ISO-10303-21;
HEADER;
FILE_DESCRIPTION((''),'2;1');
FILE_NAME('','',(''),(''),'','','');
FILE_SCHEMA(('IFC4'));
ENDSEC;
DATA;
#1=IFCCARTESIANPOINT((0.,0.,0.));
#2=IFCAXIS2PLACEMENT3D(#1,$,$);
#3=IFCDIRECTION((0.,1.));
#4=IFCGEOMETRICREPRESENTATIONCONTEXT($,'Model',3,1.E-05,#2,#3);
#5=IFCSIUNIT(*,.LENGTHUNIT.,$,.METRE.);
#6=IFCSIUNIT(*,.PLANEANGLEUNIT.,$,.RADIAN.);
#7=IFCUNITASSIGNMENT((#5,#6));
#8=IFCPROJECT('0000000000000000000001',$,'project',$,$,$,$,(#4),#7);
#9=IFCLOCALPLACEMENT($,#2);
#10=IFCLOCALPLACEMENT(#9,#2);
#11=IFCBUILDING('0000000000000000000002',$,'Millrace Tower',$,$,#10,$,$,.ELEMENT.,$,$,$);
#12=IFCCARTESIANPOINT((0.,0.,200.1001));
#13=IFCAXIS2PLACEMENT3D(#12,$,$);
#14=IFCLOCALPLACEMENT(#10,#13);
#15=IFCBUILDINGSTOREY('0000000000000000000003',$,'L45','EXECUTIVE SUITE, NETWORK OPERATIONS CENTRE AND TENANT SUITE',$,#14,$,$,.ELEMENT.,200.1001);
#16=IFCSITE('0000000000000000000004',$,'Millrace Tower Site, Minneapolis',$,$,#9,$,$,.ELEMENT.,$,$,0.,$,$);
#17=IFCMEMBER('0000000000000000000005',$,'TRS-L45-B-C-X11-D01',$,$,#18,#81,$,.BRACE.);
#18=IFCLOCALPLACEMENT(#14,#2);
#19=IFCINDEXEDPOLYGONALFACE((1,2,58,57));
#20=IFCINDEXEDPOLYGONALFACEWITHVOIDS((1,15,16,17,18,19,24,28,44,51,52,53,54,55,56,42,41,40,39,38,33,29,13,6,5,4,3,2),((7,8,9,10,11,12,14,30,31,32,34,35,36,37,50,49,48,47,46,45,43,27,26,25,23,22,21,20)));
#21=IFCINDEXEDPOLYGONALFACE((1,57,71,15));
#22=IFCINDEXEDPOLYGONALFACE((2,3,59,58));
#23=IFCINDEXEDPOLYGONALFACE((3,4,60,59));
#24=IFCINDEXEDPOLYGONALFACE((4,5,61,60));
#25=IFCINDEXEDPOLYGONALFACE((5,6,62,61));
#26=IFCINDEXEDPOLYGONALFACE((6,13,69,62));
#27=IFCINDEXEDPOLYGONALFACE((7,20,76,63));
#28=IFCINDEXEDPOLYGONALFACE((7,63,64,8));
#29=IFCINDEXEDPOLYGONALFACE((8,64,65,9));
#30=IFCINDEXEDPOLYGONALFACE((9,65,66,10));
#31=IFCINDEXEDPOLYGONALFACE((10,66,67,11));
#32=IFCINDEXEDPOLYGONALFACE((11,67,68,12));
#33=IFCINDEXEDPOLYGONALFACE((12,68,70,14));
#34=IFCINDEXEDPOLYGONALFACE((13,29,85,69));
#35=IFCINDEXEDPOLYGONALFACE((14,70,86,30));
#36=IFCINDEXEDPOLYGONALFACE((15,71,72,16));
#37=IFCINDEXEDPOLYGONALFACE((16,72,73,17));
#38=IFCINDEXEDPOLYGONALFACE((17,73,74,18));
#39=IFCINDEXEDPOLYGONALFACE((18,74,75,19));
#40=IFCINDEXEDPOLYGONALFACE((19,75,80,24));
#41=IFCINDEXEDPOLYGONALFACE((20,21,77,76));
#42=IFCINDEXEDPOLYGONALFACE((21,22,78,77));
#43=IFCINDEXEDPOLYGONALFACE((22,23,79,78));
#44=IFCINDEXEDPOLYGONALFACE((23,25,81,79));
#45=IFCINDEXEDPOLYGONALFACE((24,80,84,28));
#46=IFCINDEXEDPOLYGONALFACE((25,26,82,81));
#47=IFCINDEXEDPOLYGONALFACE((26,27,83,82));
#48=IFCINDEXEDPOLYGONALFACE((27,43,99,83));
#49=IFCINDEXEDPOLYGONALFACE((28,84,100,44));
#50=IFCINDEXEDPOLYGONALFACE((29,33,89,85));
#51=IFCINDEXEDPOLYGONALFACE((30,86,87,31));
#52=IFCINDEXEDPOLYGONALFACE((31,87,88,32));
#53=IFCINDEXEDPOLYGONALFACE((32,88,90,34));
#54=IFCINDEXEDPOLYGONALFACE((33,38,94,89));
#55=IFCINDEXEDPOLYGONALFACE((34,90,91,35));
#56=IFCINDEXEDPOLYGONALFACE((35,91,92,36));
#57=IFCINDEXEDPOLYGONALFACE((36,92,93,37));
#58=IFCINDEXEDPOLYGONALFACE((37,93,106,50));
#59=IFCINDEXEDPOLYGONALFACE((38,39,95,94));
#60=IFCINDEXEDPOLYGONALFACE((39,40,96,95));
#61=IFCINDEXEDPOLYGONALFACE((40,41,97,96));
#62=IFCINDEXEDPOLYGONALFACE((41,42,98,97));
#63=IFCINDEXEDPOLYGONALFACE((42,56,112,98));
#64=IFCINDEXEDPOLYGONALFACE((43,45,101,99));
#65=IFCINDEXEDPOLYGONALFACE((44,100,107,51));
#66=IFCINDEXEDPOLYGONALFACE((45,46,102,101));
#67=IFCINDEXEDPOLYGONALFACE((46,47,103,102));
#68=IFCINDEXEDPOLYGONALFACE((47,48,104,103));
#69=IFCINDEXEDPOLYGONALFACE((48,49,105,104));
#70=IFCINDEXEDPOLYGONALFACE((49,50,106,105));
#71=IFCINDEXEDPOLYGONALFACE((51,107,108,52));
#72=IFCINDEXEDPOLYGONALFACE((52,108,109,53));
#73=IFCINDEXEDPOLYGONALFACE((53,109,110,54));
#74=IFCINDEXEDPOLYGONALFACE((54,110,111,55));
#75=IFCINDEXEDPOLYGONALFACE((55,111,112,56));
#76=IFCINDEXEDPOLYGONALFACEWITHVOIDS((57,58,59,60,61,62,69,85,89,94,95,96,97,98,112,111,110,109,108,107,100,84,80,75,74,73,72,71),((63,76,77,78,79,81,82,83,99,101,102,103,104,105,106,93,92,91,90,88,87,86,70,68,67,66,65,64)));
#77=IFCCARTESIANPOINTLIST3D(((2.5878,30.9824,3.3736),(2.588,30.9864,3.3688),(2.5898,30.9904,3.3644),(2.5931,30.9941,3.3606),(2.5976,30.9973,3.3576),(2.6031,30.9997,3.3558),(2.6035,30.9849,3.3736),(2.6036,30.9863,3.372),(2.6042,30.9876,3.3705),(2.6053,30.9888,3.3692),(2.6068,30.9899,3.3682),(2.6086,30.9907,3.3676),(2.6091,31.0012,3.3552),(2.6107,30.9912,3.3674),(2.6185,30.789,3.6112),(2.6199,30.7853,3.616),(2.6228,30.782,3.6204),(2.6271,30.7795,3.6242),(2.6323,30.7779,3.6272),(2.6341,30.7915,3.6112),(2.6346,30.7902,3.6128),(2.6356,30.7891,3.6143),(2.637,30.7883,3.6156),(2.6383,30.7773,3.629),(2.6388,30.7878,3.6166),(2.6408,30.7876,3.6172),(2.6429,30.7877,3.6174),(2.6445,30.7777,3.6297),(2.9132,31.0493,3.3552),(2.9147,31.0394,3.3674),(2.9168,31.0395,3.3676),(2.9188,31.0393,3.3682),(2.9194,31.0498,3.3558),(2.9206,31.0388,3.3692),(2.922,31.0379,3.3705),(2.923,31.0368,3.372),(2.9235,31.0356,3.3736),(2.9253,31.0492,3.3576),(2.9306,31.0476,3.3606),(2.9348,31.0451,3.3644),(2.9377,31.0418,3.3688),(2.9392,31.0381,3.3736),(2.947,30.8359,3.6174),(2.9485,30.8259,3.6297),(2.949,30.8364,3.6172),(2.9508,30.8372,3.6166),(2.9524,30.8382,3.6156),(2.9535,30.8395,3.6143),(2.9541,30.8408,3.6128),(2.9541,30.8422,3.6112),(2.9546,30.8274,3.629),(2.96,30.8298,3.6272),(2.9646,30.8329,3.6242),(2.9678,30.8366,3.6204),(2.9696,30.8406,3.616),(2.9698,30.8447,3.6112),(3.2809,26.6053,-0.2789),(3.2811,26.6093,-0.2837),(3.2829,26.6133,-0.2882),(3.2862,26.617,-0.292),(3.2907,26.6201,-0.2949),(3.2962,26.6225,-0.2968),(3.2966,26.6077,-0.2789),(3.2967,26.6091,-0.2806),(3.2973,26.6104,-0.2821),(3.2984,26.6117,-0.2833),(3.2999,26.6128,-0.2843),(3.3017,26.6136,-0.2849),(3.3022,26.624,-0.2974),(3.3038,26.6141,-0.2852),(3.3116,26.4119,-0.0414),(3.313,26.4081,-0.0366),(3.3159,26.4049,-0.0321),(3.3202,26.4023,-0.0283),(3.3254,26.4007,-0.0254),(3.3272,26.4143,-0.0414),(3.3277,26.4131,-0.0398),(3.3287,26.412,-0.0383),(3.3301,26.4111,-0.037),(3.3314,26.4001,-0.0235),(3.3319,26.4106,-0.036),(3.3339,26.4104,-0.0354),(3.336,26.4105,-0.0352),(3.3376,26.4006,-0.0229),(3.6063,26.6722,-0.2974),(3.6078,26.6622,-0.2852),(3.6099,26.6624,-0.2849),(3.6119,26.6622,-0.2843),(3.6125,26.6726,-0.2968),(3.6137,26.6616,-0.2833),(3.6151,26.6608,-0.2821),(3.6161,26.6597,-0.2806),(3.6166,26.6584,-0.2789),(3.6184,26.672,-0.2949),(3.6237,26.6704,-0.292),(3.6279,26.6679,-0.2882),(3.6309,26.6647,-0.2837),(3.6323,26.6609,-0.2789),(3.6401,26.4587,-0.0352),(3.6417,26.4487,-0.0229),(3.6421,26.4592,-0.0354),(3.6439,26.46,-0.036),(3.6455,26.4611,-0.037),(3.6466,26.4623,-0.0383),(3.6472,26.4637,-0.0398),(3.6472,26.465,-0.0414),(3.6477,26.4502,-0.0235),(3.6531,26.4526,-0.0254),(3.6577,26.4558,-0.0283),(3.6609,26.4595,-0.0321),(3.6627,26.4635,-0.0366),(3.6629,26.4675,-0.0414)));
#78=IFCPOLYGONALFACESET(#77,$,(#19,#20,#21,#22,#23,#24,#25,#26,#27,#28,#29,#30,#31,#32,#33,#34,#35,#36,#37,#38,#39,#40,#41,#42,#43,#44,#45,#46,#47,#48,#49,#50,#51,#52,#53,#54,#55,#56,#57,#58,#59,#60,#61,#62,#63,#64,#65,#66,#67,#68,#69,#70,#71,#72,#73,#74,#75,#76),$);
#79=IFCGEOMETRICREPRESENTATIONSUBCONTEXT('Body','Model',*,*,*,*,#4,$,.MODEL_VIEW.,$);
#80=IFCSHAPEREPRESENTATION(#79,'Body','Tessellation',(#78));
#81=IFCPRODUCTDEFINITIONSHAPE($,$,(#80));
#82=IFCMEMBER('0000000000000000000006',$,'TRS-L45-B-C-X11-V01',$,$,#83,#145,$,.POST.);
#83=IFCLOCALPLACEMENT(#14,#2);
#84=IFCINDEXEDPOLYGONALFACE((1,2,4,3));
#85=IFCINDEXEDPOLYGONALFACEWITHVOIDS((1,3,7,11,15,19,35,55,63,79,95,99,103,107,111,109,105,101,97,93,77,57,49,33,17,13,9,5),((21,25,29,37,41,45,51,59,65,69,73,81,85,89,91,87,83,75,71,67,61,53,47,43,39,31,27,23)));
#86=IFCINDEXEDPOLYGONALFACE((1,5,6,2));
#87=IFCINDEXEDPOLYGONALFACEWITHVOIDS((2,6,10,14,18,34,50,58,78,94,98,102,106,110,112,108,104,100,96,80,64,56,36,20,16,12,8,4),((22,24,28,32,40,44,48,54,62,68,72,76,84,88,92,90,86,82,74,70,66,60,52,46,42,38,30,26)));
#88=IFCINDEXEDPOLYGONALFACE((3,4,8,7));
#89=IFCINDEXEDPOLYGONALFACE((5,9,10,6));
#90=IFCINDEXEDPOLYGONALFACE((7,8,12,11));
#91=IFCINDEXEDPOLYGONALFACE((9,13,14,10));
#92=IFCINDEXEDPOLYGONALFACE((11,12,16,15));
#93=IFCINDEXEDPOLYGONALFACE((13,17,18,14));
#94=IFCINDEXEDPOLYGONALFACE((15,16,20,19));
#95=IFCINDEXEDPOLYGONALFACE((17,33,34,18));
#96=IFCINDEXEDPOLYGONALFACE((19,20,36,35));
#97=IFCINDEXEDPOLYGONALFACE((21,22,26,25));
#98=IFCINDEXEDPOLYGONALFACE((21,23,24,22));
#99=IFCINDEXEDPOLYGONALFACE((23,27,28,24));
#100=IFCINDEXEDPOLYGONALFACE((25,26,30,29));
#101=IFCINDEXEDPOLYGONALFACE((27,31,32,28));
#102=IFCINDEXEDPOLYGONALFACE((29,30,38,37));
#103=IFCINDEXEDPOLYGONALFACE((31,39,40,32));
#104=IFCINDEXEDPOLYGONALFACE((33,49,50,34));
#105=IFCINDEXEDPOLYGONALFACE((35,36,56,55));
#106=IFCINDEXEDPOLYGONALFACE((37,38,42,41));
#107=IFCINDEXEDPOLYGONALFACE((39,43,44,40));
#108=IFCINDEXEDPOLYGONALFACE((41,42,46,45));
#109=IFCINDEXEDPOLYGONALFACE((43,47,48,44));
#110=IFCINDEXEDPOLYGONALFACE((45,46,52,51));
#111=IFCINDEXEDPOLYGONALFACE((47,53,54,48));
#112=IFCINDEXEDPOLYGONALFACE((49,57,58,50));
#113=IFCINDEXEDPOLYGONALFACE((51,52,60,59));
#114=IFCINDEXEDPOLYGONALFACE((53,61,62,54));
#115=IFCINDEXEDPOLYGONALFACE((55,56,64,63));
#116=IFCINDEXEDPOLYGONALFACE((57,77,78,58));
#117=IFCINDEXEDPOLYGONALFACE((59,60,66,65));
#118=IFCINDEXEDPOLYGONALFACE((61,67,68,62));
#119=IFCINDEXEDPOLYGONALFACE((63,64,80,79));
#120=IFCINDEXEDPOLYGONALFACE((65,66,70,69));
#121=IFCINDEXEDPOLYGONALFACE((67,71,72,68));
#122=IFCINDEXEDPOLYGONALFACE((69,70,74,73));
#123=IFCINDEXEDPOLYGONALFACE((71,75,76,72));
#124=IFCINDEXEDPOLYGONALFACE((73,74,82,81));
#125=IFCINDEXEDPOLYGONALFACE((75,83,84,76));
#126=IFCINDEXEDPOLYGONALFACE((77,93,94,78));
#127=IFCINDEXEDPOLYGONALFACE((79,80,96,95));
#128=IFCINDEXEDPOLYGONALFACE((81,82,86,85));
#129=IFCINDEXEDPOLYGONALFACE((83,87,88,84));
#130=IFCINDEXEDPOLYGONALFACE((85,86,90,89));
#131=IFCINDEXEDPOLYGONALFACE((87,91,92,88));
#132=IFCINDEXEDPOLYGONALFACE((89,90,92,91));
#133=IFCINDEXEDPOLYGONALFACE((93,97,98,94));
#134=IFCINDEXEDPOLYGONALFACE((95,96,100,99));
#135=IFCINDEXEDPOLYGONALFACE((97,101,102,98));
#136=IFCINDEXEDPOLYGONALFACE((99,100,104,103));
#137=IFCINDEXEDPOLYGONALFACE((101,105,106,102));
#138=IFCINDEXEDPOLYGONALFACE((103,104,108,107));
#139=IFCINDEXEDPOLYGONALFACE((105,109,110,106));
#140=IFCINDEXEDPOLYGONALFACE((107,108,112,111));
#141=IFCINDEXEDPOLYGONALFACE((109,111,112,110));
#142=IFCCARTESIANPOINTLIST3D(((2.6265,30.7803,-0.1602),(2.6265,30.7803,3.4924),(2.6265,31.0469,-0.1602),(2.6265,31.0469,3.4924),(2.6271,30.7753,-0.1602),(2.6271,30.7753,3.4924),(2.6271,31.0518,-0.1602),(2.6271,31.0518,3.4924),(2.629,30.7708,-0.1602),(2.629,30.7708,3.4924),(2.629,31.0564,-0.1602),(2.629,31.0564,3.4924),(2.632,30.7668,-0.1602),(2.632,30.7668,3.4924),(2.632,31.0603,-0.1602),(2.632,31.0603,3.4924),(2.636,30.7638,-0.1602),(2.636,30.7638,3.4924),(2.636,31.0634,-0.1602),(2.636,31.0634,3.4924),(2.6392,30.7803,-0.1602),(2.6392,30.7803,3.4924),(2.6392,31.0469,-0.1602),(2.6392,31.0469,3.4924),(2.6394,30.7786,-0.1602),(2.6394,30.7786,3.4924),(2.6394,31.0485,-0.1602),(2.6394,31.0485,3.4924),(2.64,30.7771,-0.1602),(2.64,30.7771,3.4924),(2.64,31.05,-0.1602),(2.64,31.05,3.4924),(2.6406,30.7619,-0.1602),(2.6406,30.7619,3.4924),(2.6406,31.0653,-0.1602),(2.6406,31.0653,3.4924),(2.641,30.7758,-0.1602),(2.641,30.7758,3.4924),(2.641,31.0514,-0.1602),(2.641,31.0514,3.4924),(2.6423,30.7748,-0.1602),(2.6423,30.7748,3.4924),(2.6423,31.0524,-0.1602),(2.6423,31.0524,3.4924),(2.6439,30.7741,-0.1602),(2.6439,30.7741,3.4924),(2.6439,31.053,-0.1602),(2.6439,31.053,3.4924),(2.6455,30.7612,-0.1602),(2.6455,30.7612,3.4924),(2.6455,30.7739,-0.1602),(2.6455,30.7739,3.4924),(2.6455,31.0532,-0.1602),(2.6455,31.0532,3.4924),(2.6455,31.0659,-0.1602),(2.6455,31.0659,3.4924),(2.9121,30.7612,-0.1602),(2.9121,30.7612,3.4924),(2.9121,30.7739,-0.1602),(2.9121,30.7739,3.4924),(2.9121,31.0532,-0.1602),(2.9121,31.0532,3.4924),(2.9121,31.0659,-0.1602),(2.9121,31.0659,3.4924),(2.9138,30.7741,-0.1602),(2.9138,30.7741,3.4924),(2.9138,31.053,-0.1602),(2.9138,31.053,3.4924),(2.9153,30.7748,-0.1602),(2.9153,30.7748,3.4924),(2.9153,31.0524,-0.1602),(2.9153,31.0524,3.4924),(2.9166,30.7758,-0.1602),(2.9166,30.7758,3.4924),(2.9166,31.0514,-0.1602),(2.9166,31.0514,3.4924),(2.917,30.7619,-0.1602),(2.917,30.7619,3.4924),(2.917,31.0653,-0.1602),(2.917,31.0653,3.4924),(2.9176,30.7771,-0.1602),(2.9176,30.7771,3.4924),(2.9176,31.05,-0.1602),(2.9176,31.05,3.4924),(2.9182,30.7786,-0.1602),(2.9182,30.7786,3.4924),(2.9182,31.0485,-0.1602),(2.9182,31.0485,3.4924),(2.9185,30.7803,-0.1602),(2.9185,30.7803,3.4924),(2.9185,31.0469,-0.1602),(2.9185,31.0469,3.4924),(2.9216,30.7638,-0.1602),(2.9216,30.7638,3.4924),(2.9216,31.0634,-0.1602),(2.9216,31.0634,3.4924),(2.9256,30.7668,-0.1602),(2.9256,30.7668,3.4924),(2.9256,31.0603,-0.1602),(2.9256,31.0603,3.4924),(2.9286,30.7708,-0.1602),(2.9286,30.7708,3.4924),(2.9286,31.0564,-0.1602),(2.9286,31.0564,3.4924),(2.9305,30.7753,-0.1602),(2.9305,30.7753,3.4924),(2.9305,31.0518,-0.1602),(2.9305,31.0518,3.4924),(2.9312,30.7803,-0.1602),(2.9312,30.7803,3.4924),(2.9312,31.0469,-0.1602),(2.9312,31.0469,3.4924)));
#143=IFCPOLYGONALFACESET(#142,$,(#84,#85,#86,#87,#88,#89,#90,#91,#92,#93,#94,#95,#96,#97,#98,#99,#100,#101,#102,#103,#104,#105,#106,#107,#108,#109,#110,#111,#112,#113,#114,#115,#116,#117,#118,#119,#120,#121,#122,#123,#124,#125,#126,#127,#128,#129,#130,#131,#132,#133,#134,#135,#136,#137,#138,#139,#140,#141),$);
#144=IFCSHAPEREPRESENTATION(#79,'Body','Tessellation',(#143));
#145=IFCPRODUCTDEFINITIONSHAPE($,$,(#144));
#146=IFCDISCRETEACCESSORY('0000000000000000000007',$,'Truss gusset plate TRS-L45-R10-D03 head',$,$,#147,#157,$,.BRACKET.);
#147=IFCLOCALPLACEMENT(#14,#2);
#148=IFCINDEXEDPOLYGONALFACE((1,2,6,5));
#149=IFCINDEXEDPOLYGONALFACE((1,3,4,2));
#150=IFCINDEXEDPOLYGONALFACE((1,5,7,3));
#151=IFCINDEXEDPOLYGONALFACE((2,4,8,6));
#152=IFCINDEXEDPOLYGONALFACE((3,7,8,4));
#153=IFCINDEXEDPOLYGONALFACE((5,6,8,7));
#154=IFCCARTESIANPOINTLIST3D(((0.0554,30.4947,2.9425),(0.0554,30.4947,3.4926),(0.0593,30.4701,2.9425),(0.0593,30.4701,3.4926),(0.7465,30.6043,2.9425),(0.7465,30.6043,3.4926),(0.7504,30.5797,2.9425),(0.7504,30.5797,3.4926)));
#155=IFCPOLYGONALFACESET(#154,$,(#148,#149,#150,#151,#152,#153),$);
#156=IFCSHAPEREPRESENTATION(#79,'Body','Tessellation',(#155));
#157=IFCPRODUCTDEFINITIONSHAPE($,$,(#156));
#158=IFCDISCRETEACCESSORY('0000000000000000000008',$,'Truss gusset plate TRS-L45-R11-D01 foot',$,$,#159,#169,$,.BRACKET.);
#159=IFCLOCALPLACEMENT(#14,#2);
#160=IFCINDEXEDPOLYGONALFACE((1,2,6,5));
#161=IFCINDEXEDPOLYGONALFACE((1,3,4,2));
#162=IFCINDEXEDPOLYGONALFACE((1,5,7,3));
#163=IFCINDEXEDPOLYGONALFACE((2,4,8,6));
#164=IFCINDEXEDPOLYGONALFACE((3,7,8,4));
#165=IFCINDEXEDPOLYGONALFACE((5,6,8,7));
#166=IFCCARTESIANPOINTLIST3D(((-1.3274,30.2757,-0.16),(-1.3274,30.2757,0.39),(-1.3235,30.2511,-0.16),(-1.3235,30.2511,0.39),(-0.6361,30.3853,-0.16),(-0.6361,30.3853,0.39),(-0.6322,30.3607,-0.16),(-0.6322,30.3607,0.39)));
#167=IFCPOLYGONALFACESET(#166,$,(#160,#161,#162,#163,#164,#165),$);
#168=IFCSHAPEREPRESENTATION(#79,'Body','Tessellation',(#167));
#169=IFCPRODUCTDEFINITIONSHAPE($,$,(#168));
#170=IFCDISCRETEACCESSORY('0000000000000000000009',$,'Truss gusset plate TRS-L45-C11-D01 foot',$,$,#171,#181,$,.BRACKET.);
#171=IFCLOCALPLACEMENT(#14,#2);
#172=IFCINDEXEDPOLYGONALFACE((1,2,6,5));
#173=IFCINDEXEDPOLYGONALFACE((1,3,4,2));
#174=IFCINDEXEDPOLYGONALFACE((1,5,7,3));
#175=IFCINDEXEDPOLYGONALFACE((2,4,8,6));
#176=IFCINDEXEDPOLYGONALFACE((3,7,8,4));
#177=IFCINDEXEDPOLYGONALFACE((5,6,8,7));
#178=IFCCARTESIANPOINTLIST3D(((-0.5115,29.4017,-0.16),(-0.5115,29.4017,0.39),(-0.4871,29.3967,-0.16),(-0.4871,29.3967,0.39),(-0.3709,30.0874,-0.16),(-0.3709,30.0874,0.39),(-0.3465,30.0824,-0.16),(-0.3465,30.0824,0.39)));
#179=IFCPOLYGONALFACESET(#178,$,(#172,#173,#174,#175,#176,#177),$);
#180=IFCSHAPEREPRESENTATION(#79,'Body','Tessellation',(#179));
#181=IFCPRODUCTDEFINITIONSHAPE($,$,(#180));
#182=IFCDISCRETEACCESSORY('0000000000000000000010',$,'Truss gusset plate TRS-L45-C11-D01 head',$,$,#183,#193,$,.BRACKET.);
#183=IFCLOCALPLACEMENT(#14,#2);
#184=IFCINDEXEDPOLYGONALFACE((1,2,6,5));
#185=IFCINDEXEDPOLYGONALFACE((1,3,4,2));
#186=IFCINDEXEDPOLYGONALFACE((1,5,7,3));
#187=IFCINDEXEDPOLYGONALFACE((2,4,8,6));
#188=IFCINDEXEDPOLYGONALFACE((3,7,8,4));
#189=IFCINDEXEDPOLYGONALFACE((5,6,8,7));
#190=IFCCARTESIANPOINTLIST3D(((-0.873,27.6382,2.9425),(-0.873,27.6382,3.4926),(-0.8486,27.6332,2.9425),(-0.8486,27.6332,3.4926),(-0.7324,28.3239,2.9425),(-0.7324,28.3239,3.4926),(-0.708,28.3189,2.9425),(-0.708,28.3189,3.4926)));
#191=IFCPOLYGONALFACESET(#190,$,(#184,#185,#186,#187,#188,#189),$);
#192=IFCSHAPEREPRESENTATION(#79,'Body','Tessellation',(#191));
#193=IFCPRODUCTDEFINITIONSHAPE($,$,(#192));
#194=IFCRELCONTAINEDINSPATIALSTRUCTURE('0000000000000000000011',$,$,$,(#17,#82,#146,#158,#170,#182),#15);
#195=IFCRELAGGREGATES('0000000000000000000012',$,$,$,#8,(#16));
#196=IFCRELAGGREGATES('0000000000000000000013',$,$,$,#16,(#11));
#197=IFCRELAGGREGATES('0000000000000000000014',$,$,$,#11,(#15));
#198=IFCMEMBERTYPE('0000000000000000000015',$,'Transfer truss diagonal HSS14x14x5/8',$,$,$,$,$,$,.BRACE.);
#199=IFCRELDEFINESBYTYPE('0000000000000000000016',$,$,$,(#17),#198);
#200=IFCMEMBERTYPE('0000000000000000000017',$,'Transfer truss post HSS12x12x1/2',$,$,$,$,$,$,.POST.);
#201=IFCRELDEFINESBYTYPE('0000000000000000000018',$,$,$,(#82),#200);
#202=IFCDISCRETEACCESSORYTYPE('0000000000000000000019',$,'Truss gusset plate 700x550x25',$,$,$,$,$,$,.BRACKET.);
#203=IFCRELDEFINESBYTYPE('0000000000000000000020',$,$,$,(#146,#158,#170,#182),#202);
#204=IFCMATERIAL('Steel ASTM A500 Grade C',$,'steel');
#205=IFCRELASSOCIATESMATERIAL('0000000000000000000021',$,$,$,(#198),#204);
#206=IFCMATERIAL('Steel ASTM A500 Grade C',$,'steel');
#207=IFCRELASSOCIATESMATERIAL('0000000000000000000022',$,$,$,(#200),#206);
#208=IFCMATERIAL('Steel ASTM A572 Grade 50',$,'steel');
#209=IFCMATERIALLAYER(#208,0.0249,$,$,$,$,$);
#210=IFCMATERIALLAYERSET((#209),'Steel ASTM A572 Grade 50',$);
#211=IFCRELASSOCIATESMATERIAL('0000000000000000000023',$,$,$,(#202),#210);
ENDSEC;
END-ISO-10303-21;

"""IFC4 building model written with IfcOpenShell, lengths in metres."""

from ifc_helpers import new_model, si_unit, direction, frame, origin, origin_2d, place, context, subcontext, project, spatial, rectangle, hollow_rectangle, extrude, material, layer, layer_set, material_profile, profile_set, type_object, element, save


model = new_model("IFC4")

# Units and contexts
model_context = context("Model", 3, precision=1e-05, world=origin(), true_north=direction((0.0, 1.0)))
body_context = subcontext(model_context, "Body", "Model", "MODEL_VIEW")
ifc_project = project(units=[si_unit("LENGTHUNIT", "METRE"), si_unit("PLANEANGLEUNIT", "RADIAN")], contexts=[model_context])

# Site, building, storey
site_placement = place(None, origin())
site = spatial("IfcSite", under=ifc_project, at=site_placement, Name="Millrace Tower Site, Minneapolis", CompositionType="ELEMENT", RefElevation=0.0)
building_placement = place(site_placement, origin())
building = spatial("IfcBuilding", under=site, at=building_placement, Name="Millrace Tower", CompositionType="ELEMENT")
storey_placement = place(building_placement, frame((0.0, 0.0, 200.1001)))
storey = spatial("IfcBuildingStorey", under=building, at=storey_placement, Name="L45", Description="EXECUTIVE SUITE, NETWORK OPERATIONS CENTRE AND TENANT SUITE", CompositionType="ELEMENT", Elevation=200.1001)

# Members
ifc_material_1 = material(Name="Steel ASTM A500 Grade C", Category="steel")
ifc_material_profile_1 = material_profile(ifc_material_1, hollow_rectangle(XDim=0.3557, YDim=0.3557, WallThickness=0.0159, InnerFilletRadius=0.0081, OuterFilletRadius=0.0239, at=origin_2d()))
ifc_profile_set_1 = profile_set([ifc_material_profile_1], Name="Steel ASTM A500 Grade C")
member_type_1 = type_object("IfcMemberType", Name="Transfer truss diagonal HSS14x14x5/8", PredefinedType="BRACE", material=ifc_profile_set_1)
member_1_placement = place(storey_placement, frame((3.4719, 26.5364, -0.1602), z_axis=(-0.120689, 0.762184, 0.636011), x_axis=(-0.987694, -0.156398, 0.0)))
element("IfcMember", 1, at=member_1_placement, inside=storey, type_object=member_type_1, Name="TRS-L45-B-C-X11-D01", PredefinedType="BRACE", context=body_context, shape_type="SweptSolid", body=[
    extrude(hollow_rectangle(XDim=0.3557, YDim=0.3557, WallThickness=0.0159, InnerFilletRadius=0.0081, OuterFilletRadius=0.0239, at=origin_2d()), origin(), (0.0, 0.0, 1.0), 5.7429),
])
ifc_material_2 = material(Name="Steel ASTM A500 Grade C", Category="steel")
ifc_material_profile_2 = material_profile(ifc_material_2, hollow_rectangle(XDim=0.3047, YDim=0.3047, WallThickness=0.0127, InnerFilletRadius=0.0063, OuterFilletRadius=0.019, at=origin_2d()))
ifc_profile_set_2 = profile_set([ifc_material_profile_2], Name="Steel ASTM A500 Grade C")
member_type_2 = type_object("IfcMemberType", Name="Transfer truss post HSS12x12x1/2", PredefinedType="POST", material=ifc_profile_set_2)
member_2_placement = place(storey_placement, frame((2.7788, 30.9136, -0.1602), z_axis=(0.0, 0.0, 1.0), x_axis=(1.0, 0.0, 0.0)))
element("IfcMember", 2, at=member_2_placement, inside=storey, type_object=member_type_2, Name="TRS-L45-B-C-X11-V01", PredefinedType="POST", context=body_context, shape_type="SweptSolid", body=[
    extrude(hollow_rectangle(XDim=0.3047, YDim=0.3047, WallThickness=0.0127, InnerFilletRadius=0.0063, OuterFilletRadius=0.019, at=origin_2d()), origin(), (0.0, 0.0, 1.0), 3.6526),
])

# Discrete accessories
ifc_material_3 = material(Name="Steel ASTM A572 Grade 50", Category="steel")
ifc_layer_1 = layer(ifc_material_3, 0.0249)
ifc_layer_set_1 = layer_set([ifc_layer_1], Name="Steel ASTM A572 Grade 50")
discrete_accessory_type = type_object("IfcDiscreteAccessoryType", Name="Truss gusset plate 700x550x25", PredefinedType="BRACKET", material=ifc_layer_set_1)
discrete_accessory_placement = place(storey_placement, frame((0.0574, 30.4824, 3.2175), z_axis=(0.987655, 0.156643, 0.0), x_axis=(-0.156643, 0.987655, 0.0)))
element("IfcDiscreteAccessory", 3, at=discrete_accessory_placement, inside=storey, type_object=discrete_accessory_type, Name="Truss gusset plate TRS-L45-R10-D03 head", PredefinedType="BRACKET", context=body_context, shape_type="SweptSolid", body=[
    extrude(rectangle(XDim=0.0249, YDim=0.55, at=origin_2d()), origin(), (0.0, 0.0, 1.0), 0.6997),
])
for number, where, z_axis, x_axis, name in (
    (4, (-1.3254, 30.2634, 0.115), (0.987664, 0.156589, 0.0), (-0.156589, 0.987664, 0.0), "Truss gusset plate TRS-L45-R11-D01 foot"),
    (5, (-0.4993, 29.3992, 0.115), (0.200875, 0.979617, 0.0), (-0.979617, 0.200875, 0.0), "Truss gusset plate TRS-L45-C11-D01 foot"),
    (6, (-0.8608, 27.6357, 3.2175), (0.200875, 0.979617, 0.0), (-0.979617, 0.200875, 0.0), "Truss gusset plate TRS-L45-C11-D01 head"),
):
    element("IfcDiscreteAccessory", number, at=place(storey_placement, frame(where, z_axis=z_axis, x_axis=x_axis)), inside=storey, type_object=discrete_accessory_type, Name=name, PredefinedType="BRACKET", context=body_context, shape_type="SweptSolid", body=[
        extrude(rectangle(XDim=0.0249, YDim=0.55, at=origin_2d()), origin(), (0.0, 0.0, 1.0), 0.7),
    ])

save(model, "model.ifc")
